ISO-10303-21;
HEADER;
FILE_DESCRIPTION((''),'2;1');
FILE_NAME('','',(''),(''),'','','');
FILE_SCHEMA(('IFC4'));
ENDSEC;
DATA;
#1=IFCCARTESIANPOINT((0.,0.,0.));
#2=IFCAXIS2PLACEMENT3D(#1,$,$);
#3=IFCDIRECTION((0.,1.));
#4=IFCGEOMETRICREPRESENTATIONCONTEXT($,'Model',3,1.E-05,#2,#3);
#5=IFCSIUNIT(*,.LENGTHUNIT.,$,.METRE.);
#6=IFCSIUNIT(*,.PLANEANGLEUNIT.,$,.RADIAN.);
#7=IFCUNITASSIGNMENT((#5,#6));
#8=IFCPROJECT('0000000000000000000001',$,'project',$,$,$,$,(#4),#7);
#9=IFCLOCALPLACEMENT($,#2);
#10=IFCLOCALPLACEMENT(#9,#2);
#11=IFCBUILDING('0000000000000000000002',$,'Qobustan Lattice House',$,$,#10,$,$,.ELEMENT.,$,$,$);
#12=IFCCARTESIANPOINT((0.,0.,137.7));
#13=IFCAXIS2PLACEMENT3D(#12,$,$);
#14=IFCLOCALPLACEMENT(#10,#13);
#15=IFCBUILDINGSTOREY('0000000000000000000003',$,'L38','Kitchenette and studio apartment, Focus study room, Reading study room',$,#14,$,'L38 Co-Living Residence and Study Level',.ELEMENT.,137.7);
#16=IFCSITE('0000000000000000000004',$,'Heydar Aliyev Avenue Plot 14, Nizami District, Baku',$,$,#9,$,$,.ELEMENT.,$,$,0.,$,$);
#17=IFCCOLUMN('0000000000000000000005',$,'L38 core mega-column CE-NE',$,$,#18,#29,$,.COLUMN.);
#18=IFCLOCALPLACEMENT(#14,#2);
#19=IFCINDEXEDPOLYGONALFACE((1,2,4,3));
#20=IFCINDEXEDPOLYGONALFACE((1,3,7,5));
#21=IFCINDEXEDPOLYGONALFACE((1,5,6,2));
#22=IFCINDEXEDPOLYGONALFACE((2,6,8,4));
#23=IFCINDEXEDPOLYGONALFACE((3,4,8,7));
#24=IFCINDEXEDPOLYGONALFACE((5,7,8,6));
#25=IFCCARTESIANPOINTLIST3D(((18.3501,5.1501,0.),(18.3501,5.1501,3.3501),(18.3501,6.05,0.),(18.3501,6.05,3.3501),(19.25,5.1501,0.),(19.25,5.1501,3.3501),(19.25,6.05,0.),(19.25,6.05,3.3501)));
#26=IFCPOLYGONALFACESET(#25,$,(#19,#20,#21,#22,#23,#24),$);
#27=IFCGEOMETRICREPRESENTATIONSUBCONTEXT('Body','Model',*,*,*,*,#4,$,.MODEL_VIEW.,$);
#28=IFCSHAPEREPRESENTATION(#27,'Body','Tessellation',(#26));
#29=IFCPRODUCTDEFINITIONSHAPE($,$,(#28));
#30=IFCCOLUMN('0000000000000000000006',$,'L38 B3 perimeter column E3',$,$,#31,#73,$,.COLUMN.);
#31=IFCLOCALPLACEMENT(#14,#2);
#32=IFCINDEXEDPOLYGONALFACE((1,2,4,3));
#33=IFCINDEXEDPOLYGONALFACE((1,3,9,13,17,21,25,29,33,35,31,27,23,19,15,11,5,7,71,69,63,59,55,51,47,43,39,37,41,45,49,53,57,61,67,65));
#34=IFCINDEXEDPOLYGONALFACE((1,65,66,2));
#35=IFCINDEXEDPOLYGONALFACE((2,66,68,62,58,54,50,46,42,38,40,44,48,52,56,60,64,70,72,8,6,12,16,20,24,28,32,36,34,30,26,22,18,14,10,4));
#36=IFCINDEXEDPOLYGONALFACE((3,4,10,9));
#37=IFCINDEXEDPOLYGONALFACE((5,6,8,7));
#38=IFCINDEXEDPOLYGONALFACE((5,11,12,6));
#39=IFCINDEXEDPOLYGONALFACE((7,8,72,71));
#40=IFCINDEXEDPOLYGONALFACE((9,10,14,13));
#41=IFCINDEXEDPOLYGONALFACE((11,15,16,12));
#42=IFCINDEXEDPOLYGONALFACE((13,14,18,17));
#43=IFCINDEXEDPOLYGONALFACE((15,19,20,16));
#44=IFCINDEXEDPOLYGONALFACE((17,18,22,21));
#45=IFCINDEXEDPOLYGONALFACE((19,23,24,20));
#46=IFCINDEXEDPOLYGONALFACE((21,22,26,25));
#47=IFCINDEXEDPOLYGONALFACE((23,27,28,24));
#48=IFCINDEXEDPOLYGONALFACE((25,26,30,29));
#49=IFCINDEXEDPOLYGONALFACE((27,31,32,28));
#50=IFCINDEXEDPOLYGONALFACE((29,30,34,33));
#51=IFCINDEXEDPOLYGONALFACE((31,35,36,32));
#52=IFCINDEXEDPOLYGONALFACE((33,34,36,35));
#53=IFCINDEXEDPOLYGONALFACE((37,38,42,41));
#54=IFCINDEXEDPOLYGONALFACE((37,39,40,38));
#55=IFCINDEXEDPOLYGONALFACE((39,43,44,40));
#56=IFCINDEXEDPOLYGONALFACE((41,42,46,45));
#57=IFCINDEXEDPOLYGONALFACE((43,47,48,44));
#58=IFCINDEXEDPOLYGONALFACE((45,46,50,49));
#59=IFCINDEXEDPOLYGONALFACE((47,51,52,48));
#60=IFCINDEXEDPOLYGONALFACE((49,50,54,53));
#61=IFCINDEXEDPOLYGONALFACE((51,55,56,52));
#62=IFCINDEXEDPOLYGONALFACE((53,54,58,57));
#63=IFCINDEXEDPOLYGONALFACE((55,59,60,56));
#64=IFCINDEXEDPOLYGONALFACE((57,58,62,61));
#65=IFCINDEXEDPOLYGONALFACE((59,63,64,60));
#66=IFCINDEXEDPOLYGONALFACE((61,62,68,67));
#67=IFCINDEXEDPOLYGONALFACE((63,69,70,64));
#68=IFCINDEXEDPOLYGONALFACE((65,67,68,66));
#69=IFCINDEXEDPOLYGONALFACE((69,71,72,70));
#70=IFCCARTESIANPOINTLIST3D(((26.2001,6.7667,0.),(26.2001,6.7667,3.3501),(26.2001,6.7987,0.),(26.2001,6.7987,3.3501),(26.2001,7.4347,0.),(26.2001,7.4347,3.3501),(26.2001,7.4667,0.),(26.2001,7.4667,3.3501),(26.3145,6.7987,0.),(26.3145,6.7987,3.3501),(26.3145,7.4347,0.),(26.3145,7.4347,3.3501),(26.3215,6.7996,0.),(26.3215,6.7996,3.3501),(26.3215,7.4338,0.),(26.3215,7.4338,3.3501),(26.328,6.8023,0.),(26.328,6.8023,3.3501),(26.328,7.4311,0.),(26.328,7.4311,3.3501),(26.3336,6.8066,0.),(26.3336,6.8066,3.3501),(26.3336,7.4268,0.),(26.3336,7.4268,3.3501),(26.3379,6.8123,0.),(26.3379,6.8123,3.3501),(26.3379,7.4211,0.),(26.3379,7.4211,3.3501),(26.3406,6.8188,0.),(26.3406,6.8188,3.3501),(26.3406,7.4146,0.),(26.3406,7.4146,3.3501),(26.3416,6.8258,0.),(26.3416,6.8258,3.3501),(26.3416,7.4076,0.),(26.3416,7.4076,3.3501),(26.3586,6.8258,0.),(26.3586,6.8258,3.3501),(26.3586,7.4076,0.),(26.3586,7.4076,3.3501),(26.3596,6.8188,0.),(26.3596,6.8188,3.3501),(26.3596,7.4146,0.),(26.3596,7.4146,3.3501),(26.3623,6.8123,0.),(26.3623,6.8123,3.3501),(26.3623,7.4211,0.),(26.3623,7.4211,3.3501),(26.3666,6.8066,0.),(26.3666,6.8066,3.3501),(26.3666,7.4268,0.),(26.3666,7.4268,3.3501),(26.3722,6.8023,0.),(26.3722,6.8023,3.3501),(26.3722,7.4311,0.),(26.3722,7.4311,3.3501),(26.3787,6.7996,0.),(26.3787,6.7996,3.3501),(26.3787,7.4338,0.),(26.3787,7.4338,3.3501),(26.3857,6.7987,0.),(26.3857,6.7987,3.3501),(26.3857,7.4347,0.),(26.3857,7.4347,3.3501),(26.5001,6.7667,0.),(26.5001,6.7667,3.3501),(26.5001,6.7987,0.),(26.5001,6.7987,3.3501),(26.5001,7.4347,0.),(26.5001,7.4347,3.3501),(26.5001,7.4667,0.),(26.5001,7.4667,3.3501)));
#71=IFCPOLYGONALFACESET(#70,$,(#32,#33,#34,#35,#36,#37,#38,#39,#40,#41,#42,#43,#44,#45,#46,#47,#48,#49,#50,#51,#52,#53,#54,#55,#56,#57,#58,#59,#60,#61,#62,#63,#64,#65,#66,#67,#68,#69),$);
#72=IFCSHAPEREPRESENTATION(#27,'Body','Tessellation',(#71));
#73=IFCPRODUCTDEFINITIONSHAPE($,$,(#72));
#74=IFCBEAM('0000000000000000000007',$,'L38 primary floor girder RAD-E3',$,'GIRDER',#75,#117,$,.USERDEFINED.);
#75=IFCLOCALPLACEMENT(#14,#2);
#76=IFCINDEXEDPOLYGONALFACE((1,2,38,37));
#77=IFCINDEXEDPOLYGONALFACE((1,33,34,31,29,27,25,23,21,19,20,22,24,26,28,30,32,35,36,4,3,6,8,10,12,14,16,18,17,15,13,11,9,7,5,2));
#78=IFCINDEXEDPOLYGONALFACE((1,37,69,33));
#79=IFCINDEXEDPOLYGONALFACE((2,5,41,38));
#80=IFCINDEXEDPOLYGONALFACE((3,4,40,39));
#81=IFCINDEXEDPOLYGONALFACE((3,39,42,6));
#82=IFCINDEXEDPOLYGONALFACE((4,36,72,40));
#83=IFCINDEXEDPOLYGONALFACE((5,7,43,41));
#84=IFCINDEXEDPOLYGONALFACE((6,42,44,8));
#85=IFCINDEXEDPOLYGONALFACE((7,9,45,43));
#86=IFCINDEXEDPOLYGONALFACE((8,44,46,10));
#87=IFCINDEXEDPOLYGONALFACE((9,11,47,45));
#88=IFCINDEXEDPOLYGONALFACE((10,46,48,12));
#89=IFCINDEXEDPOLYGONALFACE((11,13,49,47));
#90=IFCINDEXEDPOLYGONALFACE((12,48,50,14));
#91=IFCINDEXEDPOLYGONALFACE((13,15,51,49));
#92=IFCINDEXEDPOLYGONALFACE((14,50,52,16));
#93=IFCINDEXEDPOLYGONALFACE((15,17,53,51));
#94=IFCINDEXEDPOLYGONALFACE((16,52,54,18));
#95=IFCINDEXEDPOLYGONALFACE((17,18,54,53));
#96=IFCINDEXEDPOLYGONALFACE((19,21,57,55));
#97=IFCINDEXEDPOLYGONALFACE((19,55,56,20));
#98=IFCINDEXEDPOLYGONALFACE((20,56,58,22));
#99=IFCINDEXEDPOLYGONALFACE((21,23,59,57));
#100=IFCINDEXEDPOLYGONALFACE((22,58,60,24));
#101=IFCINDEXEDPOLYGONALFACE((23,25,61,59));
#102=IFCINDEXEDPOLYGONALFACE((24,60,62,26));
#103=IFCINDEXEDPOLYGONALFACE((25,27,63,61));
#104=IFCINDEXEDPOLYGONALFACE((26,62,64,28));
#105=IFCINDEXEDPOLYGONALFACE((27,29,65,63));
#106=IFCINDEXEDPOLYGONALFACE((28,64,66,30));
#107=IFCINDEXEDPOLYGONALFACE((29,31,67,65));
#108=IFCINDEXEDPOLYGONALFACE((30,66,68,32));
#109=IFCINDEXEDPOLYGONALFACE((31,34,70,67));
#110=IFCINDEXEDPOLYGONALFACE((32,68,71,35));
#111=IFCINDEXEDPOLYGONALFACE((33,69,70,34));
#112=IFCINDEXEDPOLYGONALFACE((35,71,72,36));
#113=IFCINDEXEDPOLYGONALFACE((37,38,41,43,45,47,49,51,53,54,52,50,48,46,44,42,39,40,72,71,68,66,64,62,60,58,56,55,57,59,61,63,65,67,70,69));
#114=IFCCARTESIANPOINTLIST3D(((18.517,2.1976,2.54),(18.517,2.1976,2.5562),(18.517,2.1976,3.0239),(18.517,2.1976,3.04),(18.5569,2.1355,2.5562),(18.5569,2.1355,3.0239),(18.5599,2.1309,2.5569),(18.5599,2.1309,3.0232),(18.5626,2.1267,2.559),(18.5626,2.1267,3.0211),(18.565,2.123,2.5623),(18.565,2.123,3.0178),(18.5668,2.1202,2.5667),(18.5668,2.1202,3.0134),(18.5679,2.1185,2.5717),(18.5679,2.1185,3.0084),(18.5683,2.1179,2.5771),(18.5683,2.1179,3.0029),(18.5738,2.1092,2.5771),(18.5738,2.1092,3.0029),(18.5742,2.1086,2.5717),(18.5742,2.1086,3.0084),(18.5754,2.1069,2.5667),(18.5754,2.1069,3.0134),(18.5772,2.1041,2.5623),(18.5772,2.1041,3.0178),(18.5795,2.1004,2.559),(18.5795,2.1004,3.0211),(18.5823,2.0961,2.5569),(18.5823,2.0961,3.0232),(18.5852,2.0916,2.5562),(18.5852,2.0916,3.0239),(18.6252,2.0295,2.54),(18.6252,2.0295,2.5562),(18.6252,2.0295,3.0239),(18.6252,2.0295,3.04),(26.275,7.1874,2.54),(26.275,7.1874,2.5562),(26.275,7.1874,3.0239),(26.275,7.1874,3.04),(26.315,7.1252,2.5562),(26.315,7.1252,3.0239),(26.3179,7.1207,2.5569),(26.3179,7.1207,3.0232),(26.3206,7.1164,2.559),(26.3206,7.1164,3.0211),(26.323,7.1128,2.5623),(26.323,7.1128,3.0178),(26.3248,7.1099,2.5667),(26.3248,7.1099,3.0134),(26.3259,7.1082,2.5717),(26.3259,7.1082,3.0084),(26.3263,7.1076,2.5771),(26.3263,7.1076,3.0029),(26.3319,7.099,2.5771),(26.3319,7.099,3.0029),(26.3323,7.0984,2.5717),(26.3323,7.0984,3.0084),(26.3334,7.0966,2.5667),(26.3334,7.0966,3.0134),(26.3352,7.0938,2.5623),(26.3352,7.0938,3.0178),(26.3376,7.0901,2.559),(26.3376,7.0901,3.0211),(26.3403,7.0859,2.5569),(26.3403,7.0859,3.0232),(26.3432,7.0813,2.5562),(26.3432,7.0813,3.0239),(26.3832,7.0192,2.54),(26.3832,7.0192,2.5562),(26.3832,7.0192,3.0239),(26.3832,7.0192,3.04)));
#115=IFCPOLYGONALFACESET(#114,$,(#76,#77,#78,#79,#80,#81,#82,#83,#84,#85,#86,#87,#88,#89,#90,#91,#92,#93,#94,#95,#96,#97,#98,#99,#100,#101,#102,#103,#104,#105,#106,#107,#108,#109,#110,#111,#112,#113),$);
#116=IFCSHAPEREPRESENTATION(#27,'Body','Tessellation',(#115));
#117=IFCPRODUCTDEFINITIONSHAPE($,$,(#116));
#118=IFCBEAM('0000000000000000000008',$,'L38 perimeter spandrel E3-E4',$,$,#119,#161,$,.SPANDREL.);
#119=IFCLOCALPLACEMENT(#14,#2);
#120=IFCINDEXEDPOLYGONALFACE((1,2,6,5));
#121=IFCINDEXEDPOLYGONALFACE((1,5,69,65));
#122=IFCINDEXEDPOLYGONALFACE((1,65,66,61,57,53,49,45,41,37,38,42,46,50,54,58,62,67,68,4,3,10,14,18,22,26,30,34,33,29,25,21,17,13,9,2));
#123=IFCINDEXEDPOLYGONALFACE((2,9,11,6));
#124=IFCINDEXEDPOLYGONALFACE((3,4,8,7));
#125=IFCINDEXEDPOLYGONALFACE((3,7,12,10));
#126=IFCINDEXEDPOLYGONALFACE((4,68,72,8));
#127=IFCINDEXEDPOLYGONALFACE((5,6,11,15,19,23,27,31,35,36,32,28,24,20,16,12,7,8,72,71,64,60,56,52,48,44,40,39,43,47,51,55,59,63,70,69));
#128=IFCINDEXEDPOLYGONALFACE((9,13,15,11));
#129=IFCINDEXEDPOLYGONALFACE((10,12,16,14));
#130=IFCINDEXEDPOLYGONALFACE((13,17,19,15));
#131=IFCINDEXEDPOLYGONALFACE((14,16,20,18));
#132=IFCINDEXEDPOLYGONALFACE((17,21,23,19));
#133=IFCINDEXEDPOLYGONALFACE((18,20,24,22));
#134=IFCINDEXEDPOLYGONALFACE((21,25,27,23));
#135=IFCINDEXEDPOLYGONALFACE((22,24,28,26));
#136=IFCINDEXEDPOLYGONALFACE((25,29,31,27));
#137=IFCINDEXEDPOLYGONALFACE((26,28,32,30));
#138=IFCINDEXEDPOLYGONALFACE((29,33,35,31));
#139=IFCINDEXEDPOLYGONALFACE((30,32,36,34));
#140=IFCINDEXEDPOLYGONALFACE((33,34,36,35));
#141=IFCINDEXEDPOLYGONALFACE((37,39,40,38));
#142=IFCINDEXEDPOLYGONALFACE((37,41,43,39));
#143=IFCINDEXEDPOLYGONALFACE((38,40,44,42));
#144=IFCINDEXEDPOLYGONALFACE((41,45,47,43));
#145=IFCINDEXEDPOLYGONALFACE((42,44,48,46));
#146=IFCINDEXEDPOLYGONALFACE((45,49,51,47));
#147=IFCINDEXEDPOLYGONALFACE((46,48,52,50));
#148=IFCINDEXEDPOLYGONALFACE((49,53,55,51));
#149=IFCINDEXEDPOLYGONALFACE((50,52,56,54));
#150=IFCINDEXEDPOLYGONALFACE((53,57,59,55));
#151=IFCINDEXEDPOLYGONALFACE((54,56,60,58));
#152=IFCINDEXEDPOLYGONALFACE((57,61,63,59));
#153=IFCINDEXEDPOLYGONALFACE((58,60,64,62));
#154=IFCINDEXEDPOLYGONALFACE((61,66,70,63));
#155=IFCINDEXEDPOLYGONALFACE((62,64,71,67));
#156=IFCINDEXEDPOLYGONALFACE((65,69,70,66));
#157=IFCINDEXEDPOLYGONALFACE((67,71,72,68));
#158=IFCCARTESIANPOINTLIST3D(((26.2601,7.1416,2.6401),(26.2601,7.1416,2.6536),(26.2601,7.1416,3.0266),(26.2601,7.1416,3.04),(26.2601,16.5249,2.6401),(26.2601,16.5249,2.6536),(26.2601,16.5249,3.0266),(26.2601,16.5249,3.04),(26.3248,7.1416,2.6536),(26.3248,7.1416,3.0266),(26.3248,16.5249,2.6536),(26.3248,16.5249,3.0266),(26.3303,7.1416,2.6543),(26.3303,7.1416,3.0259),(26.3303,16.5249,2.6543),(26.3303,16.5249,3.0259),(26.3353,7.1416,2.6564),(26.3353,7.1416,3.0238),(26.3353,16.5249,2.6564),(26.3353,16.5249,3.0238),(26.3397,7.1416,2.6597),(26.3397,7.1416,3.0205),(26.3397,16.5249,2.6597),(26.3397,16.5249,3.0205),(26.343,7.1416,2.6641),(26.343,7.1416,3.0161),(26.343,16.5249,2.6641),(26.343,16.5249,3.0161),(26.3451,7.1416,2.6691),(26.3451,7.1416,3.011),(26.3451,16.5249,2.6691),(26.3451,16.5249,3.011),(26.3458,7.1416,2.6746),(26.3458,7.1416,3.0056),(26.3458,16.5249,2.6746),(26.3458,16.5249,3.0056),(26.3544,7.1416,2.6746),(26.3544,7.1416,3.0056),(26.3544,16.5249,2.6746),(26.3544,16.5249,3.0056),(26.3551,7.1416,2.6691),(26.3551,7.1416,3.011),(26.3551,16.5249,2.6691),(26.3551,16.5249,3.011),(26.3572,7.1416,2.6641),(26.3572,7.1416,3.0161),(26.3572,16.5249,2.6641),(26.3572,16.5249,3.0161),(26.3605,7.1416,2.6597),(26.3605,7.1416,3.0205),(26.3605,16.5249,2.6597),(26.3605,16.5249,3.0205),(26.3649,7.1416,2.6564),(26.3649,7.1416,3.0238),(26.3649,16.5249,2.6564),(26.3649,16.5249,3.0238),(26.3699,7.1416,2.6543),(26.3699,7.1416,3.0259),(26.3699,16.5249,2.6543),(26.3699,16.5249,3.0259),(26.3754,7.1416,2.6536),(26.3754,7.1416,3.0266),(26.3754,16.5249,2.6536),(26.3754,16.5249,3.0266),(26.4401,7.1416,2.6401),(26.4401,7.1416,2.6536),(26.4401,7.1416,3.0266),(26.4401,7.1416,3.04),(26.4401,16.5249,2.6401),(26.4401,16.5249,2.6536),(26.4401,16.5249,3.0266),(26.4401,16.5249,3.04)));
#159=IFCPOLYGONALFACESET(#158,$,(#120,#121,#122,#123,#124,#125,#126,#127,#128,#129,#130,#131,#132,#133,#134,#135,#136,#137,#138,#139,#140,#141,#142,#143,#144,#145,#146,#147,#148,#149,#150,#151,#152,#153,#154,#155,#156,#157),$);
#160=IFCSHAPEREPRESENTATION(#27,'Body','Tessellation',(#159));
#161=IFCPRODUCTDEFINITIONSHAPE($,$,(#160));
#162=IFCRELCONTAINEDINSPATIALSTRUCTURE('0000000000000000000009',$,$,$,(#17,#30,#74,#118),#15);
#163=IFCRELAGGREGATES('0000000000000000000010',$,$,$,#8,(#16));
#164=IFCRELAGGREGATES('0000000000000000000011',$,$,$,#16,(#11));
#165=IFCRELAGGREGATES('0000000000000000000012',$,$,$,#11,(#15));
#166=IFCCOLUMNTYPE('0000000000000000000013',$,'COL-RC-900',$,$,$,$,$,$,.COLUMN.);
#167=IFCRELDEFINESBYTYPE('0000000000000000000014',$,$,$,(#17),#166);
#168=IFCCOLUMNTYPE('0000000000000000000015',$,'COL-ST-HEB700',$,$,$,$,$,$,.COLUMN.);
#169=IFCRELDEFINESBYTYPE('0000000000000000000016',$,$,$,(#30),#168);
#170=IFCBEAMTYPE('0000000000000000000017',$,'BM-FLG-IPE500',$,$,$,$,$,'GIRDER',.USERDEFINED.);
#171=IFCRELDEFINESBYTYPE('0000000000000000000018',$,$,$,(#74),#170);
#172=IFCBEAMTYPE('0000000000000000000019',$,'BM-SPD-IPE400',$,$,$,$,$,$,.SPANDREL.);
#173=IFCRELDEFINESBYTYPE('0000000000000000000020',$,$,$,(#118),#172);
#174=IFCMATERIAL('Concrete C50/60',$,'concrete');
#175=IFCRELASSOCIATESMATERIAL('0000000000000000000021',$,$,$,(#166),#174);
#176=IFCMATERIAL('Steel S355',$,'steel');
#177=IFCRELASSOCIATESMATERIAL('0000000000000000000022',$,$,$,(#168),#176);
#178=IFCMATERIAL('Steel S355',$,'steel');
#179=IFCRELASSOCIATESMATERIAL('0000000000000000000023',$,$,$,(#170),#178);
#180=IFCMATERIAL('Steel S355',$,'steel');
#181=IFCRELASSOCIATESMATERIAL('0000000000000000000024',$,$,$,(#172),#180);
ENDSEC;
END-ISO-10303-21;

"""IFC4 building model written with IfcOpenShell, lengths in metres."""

from ifc_helpers import new_model, si_unit, direction, frame, origin, origin_2d, place, context, subcontext, project, spatial, rectangle, i_section, extrude, material, material_profile, profile_set, type_object, element, save


model = new_model("IFC4")

# Units and contexts
model_context = context("Model", 3, precision=1e-05, world=origin(), true_north=direction((0.0, 1.0)))
body_context = subcontext(model_context, "Body", "Model", "MODEL_VIEW")
ifc_project = project(units=[si_unit("LENGTHUNIT", "METRE"), si_unit("PLANEANGLEUNIT", "RADIAN")], contexts=[model_context])

# Site, building, storey
site_placement = place(None, origin())
site = spatial("IfcSite", under=ifc_project, at=site_placement, Name="Heydar Aliyev Avenue Plot 14, Nizami District, Baku", CompositionType="ELEMENT", RefElevation=0.0)
building_placement = place(site_placement, origin())
building = spatial("IfcBuilding", under=site, at=building_placement, Name="Qobustan Lattice House", CompositionType="ELEMENT")
storey_placement = place(building_placement, frame((0.0, 0.0, 137.7)))
storey = spatial("IfcBuildingStorey", under=building, at=storey_placement, Name="L38", Description="Kitchenette and studio apartment, Focus study room, Reading study room", LongName="L38 Co-Living Residence and Study Level", CompositionType="ELEMENT", Elevation=137.7)

# Columns
ifc_material_1 = material(Name="Concrete C50/60", Category="concrete")
ifc_material_profile_1 = material_profile(ifc_material_1, rectangle(XDim=0.8999, YDim=0.8999, at=origin_2d()), Name="RC900x900")
ifc_profile_set_1 = profile_set([ifc_material_profile_1], Name="Concrete C50/60")
column_type_1 = type_object("IfcColumnType", Name="COL-RC-900", PredefinedType="COLUMN", material=ifc_profile_set_1)
column_1_placement = place(storey_placement, frame((18.8, 5.6001, 0.0), z_axis=(0.0, 0.0, 1.0), x_axis=(1.0, 0.0, 0.0)))
element("IfcColumn", 1, at=column_1_placement, inside=storey, type_object=column_type_1, Name="L38 core mega-column CE-NE", PredefinedType="COLUMN", context=body_context, shape_type="SweptSolid", body=[
    extrude(rectangle(XDim=0.8999, YDim=0.8999, at=origin_2d()), origin(), (0.0, 0.0, 1.0), 3.3501),
])
ifc_material_2 = material(Name="Steel S355", Category="steel")
ifc_material_profile_2 = material_profile(ifc_material_2, i_section(OverallWidth=0.3, OverallDepth=0.7, WebThickness=0.0171, FlangeThickness=0.032, FilletRadius=0.0271, at=origin_2d()), Name="HEB700")
ifc_profile_set_2 = profile_set([ifc_material_profile_2], Name="Steel S355")
column_type_2 = type_object("IfcColumnType", Name="COL-ST-HEB700", PredefinedType="COLUMN", material=ifc_profile_set_2)
column_2_placement = place(storey_placement, frame((26.3501, 7.1167, 0.0), z_axis=(0.0, 0.0, 1.0), x_axis=(1.0, 0.0, 0.0)))
element("IfcColumn", 2, at=column_2_placement, inside=storey, type_object=column_type_2, Name="L38 B3 perimeter column E3", PredefinedType="COLUMN", context=body_context, shape_type="SweptSolid", body=[
    extrude(i_section(OverallWidth=0.3, OverallDepth=0.7, WebThickness=0.0171, FlangeThickness=0.032, FilletRadius=0.0271, at=origin_2d()), origin(), (0.0, 0.0, 1.0), 3.3501),
])

# Beams
ifc_material_3 = material(Name="Steel S355", Category="steel")
ifc_material_profile_3 = material_profile(ifc_material_3, i_section(OverallWidth=0.2, OverallDepth=0.5, WebThickness=0.0103, FlangeThickness=0.0161, FilletRadius=0.021, at=origin_2d()), Name="IPE500")
ifc_profile_set_3 = profile_set([ifc_material_profile_3], Name="Steel S355")
beam_type_1 = type_object("IfcBeamType", Name="BM-FLG-IPE500", ElementType="GIRDER", PredefinedType="USERDEFINED", material=ifc_profile_set_3)
beam_1_placement = place(storey_placement, frame((26.3291, 7.1033, 2.79), z_axis=(-0.841059, -0.540944, 0.0), x_axis=(0.540944, -0.841059, 0.0)))
element("IfcBeam", 3, at=beam_1_placement, inside=storey, type_object=beam_type_1, Name="L38 primary floor girder RAD-E3", ObjectType="GIRDER", PredefinedType="USERDEFINED", context=body_context, shape_type="SweptSolid", body=[
    extrude(i_section(OverallWidth=0.2, OverallDepth=0.5, WebThickness=0.0103, FlangeThickness=0.0161, FilletRadius=0.021, at=origin_2d()), origin(), (0.0, 0.0, 1.0), 9.2241),
])
ifc_material_4 = material(Name="Steel S355", Category="steel")
ifc_material_profile_4 = material_profile(ifc_material_4, i_section(OverallWidth=0.1799, OverallDepth=0.3999, WebThickness=0.0085, FlangeThickness=0.0134, FilletRadius=0.021, at=origin_2d()), Name="IPE400")
ifc_profile_set_4 = profile_set([ifc_material_profile_4], Name="Steel S355")
beam_type_2 = type_object("IfcBeamType", Name="BM-SPD-IPE400", PredefinedType="SPANDREL", material=ifc_profile_set_4)
beam_2_placement = place(storey_placement, frame((26.3501, 7.1416, 2.8401), z_axis=(0.0, 1.0, 0.0), x_axis=(-1.0, 0.0, 0.0)))
element("IfcBeam", 4, at=beam_2_placement, inside=storey, type_object=beam_type_2, Name="L38 perimeter spandrel E3-E4", PredefinedType="SPANDREL", context=body_context, shape_type="SweptSolid", body=[
    extrude(i_section(OverallWidth=0.1799, OverallDepth=0.3999, WebThickness=0.0085, FlangeThickness=0.0134, FilletRadius=0.021, at=origin_2d()), origin(), (0.0, 0.0, 1.0), 9.3833),
])

save(model, "model.ifc")
